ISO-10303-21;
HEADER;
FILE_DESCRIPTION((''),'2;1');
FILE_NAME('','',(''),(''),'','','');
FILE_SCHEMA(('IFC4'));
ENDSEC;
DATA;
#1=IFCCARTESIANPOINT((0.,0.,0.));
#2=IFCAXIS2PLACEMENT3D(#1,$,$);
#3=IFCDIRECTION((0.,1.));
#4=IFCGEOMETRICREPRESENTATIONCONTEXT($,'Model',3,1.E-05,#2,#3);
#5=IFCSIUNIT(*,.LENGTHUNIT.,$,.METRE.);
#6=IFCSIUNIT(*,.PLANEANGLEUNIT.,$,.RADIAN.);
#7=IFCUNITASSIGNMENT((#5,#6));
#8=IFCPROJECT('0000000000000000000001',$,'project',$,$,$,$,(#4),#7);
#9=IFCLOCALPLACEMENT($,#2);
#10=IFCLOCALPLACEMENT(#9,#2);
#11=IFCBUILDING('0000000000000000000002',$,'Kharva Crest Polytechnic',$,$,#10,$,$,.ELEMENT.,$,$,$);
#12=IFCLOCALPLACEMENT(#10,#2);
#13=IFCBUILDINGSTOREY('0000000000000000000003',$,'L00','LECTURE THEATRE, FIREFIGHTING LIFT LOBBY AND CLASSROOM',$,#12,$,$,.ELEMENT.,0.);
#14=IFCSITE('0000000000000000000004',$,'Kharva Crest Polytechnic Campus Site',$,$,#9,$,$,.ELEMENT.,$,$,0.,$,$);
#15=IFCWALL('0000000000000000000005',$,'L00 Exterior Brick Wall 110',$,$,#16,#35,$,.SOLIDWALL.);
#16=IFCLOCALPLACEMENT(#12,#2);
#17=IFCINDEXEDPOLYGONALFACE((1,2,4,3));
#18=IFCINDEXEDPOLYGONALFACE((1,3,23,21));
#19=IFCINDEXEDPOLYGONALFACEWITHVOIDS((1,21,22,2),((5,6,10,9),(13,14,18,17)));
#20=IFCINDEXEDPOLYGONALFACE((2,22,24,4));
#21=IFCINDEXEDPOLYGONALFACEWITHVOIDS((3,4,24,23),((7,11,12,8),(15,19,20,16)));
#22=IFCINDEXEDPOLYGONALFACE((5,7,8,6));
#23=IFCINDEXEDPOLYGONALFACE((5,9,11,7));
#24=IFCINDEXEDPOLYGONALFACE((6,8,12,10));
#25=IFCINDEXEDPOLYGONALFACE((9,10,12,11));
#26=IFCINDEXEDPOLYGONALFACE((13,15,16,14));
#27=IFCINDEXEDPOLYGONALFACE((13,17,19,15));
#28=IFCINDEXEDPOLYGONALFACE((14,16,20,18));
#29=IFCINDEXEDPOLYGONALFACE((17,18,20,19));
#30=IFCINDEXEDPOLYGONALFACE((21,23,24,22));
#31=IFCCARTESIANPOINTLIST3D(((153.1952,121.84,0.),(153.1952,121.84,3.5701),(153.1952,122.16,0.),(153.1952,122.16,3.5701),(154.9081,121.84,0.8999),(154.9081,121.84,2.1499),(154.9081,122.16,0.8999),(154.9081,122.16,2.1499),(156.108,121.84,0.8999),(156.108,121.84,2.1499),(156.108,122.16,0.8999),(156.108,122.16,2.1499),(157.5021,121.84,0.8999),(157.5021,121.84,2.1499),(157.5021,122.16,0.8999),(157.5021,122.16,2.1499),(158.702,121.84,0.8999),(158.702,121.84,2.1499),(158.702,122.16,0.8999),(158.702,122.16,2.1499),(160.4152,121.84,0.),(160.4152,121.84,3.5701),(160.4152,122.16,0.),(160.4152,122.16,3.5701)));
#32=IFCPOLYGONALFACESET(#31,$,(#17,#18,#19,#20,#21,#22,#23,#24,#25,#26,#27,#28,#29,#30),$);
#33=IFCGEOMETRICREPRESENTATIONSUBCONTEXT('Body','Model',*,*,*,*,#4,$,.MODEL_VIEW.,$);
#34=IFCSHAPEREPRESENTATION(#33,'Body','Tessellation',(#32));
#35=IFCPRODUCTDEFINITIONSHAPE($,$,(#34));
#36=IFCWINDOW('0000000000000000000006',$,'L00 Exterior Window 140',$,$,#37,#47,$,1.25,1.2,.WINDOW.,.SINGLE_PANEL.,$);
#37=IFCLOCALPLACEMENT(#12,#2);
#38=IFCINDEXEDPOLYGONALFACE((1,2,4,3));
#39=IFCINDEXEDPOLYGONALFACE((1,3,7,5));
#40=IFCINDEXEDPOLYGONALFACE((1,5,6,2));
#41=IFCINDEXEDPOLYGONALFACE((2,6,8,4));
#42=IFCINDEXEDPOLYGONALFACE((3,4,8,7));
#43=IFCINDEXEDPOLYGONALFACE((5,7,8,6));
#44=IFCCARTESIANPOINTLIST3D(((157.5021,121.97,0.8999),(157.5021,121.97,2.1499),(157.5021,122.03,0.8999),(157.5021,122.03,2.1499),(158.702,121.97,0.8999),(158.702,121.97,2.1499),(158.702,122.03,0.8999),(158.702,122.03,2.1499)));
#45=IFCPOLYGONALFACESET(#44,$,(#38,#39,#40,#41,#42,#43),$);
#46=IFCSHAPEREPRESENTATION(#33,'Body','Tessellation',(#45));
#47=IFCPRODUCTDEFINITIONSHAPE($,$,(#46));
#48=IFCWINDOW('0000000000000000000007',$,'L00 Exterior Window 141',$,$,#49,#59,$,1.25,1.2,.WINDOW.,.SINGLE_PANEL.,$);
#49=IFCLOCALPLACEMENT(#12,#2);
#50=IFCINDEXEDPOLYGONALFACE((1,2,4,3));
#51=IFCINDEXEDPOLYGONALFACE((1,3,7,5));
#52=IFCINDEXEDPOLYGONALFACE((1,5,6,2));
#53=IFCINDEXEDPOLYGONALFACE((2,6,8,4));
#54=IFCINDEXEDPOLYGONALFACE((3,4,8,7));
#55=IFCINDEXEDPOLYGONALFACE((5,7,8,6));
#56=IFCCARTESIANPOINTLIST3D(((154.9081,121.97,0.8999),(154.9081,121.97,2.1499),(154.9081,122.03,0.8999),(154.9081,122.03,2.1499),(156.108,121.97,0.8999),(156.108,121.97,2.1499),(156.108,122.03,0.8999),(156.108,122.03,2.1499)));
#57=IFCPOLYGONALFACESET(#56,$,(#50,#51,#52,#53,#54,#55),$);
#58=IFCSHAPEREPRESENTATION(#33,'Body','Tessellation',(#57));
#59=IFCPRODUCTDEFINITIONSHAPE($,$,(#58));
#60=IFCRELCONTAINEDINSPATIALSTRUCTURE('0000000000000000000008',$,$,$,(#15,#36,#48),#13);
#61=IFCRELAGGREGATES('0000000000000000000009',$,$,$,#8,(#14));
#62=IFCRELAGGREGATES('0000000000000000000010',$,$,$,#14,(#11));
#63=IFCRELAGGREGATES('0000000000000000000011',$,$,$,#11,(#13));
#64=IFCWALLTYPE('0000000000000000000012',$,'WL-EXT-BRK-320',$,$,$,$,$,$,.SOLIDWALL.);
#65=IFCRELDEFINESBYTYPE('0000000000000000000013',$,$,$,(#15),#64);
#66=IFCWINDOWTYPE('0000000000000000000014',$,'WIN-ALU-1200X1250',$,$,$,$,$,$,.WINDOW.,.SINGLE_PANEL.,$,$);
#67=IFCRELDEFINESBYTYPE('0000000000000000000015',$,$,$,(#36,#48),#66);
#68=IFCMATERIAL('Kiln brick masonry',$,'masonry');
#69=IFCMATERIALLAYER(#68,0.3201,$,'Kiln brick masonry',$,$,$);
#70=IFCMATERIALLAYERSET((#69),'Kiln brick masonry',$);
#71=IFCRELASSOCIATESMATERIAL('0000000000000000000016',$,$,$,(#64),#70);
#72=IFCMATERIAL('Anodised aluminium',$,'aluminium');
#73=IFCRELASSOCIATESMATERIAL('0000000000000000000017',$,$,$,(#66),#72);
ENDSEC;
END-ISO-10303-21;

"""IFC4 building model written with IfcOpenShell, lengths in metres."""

from ifc_helpers import new_model, si_unit, direction, frame, frame_2d, origin, place, context, subcontext, project, spatial, rectangle, extrude, material, layer, layer_set, type_object, element, fill, save


model = new_model("IFC4")

# Units and contexts
model_context = context("Model", 3, precision=1e-05, world=origin(), true_north=direction((0.0, 1.0)))
body_context = subcontext(model_context, "Body", "Model", "MODEL_VIEW")
ifc_project = project(units=[si_unit("LENGTHUNIT", "METRE"), si_unit("PLANEANGLEUNIT", "RADIAN")], contexts=[model_context])

# Site, building, storey
site_placement = place(None, origin())
site = spatial("IfcSite", under=ifc_project, at=site_placement, Name="Kharva Crest Polytechnic Campus Site", CompositionType="ELEMENT", RefElevation=0.0)
building_placement = place(site_placement, origin())
building = spatial("IfcBuilding", under=site, at=building_placement, Name="Kharva Crest Polytechnic", CompositionType="ELEMENT")
storey_placement = place(building_placement, origin())
storey = spatial("IfcBuildingStorey", under=building, at=storey_placement, Name="L00", Description="LECTURE THEATRE, FIREFIGHTING LIFT LOBBY AND CLASSROOM", CompositionType="ELEMENT", Elevation=0.0)

# Wall, openings, windows
ifc_material_1 = material(Name="Kiln brick masonry", Category="masonry")
ifc_layer_1 = layer(ifc_material_1, 0.3201, Name="Kiln brick masonry")
ifc_layer_set_1 = layer_set([ifc_layer_1], Name="Kiln brick masonry")
wall_type = type_object("IfcWallType", Name="WL-EXT-BRK-320", PredefinedType="SOLIDWALL", material=ifc_layer_set_1)
wall_placement = place(storey_placement, frame((160.415, 122.0, 0.0), z_axis=(0.0, 0.0, 1.0), x_axis=(-1.0, 0.0, 0.0)))
wall = element("IfcWall", 1, at=wall_placement, inside=storey, type_object=wall_type, Name="L00 Exterior Brick Wall 110", PredefinedType="SOLIDWALL", context=body_context, shape_type="SweptSolid", body=[
    extrude(rectangle(XDim=7.22, YDim=0.3201, at=frame_2d((3.6099, 0.0))), origin(), (0.0, 0.0, 1.0), 3.5701),
])
opening_1_placement = place(wall_placement, frame((1.7129, 0.0, 0.8999)))
opening_1 = element("IfcOpeningElement", 2, at=opening_1_placement, cuts=wall, PredefinedType="OPENING", context=body_context, shape_type="SweptSolid", body=[
    extrude(rectangle(XDim=1.2, YDim=1.25, at=frame_2d((0.6001, 0.625))), frame((0.0, 0.1699, 0.0), z_axis=(0.0, -1.0, 0.0), x_axis=(1.0, 0.0, 0.0)), (0.0, 0.0, 1.0), 0.3401),
])
opening_2_placement = place(wall_placement, frame((4.3069, 0.0, 0.8999)))
opening_2 = element("IfcOpeningElement", 3, at=opening_2_placement, cuts=wall, PredefinedType="OPENING", context=body_context, shape_type="SweptSolid", body=[
    extrude(rectangle(XDim=1.2, YDim=1.25, at=frame_2d((0.6001, 0.625))), frame((0.0, 0.1699, 0.0), z_axis=(0.0, -1.0, 0.0), x_axis=(1.0, 0.0, 0.0)), (0.0, 0.0, 1.0), 0.3401),
])
ifc_material_2 = material(Name="Anodised aluminium", Category="aluminium")
window_type = type_object("IfcWindowType", Name="WIN-ALU-1200X1250", PartitioningType="SINGLE_PANEL", PredefinedType="WINDOW", material=ifc_material_2)
window_1_placement = place(opening_1_placement, origin())
window_1 = element("IfcWindow", 4, at=window_1_placement, inside=storey, type_object=window_type, Name="L00 Exterior Window 140", OverallHeight=1.25, OverallWidth=1.2, PartitioningType="SINGLE_PANEL", PredefinedType="WINDOW", context=body_context, shape_type="SweptSolid", body=[
    extrude(rectangle(XDim=1.2, YDim=1.25, at=frame_2d((0.6001, 0.625))), frame((0.0, 0.03, 0.0), z_axis=(0.0, -1.0, 0.0), x_axis=(1.0, 0.0, 0.0)), (0.0, 0.0, 1.0), 0.0601),
])
fill(opening_1, window_1)
window_2_placement = place(opening_2_placement, origin())
window_2 = element("IfcWindow", 5, at=window_2_placement, inside=storey, type_object=window_type, Name="L00 Exterior Window 141", OverallHeight=1.25, OverallWidth=1.2, PartitioningType="SINGLE_PANEL", PredefinedType="WINDOW", context=body_context, shape_type="SweptSolid", body=[
    extrude(rectangle(XDim=1.2, YDim=1.25, at=frame_2d((0.6001, 0.625))), frame((0.0, 0.03, 0.0), z_axis=(0.0, -1.0, 0.0), x_axis=(1.0, 0.0, 0.0)), (0.0, 0.0, 1.0), 0.0601),
])
fill(opening_2, window_2)

save(model, "model.ifc")
